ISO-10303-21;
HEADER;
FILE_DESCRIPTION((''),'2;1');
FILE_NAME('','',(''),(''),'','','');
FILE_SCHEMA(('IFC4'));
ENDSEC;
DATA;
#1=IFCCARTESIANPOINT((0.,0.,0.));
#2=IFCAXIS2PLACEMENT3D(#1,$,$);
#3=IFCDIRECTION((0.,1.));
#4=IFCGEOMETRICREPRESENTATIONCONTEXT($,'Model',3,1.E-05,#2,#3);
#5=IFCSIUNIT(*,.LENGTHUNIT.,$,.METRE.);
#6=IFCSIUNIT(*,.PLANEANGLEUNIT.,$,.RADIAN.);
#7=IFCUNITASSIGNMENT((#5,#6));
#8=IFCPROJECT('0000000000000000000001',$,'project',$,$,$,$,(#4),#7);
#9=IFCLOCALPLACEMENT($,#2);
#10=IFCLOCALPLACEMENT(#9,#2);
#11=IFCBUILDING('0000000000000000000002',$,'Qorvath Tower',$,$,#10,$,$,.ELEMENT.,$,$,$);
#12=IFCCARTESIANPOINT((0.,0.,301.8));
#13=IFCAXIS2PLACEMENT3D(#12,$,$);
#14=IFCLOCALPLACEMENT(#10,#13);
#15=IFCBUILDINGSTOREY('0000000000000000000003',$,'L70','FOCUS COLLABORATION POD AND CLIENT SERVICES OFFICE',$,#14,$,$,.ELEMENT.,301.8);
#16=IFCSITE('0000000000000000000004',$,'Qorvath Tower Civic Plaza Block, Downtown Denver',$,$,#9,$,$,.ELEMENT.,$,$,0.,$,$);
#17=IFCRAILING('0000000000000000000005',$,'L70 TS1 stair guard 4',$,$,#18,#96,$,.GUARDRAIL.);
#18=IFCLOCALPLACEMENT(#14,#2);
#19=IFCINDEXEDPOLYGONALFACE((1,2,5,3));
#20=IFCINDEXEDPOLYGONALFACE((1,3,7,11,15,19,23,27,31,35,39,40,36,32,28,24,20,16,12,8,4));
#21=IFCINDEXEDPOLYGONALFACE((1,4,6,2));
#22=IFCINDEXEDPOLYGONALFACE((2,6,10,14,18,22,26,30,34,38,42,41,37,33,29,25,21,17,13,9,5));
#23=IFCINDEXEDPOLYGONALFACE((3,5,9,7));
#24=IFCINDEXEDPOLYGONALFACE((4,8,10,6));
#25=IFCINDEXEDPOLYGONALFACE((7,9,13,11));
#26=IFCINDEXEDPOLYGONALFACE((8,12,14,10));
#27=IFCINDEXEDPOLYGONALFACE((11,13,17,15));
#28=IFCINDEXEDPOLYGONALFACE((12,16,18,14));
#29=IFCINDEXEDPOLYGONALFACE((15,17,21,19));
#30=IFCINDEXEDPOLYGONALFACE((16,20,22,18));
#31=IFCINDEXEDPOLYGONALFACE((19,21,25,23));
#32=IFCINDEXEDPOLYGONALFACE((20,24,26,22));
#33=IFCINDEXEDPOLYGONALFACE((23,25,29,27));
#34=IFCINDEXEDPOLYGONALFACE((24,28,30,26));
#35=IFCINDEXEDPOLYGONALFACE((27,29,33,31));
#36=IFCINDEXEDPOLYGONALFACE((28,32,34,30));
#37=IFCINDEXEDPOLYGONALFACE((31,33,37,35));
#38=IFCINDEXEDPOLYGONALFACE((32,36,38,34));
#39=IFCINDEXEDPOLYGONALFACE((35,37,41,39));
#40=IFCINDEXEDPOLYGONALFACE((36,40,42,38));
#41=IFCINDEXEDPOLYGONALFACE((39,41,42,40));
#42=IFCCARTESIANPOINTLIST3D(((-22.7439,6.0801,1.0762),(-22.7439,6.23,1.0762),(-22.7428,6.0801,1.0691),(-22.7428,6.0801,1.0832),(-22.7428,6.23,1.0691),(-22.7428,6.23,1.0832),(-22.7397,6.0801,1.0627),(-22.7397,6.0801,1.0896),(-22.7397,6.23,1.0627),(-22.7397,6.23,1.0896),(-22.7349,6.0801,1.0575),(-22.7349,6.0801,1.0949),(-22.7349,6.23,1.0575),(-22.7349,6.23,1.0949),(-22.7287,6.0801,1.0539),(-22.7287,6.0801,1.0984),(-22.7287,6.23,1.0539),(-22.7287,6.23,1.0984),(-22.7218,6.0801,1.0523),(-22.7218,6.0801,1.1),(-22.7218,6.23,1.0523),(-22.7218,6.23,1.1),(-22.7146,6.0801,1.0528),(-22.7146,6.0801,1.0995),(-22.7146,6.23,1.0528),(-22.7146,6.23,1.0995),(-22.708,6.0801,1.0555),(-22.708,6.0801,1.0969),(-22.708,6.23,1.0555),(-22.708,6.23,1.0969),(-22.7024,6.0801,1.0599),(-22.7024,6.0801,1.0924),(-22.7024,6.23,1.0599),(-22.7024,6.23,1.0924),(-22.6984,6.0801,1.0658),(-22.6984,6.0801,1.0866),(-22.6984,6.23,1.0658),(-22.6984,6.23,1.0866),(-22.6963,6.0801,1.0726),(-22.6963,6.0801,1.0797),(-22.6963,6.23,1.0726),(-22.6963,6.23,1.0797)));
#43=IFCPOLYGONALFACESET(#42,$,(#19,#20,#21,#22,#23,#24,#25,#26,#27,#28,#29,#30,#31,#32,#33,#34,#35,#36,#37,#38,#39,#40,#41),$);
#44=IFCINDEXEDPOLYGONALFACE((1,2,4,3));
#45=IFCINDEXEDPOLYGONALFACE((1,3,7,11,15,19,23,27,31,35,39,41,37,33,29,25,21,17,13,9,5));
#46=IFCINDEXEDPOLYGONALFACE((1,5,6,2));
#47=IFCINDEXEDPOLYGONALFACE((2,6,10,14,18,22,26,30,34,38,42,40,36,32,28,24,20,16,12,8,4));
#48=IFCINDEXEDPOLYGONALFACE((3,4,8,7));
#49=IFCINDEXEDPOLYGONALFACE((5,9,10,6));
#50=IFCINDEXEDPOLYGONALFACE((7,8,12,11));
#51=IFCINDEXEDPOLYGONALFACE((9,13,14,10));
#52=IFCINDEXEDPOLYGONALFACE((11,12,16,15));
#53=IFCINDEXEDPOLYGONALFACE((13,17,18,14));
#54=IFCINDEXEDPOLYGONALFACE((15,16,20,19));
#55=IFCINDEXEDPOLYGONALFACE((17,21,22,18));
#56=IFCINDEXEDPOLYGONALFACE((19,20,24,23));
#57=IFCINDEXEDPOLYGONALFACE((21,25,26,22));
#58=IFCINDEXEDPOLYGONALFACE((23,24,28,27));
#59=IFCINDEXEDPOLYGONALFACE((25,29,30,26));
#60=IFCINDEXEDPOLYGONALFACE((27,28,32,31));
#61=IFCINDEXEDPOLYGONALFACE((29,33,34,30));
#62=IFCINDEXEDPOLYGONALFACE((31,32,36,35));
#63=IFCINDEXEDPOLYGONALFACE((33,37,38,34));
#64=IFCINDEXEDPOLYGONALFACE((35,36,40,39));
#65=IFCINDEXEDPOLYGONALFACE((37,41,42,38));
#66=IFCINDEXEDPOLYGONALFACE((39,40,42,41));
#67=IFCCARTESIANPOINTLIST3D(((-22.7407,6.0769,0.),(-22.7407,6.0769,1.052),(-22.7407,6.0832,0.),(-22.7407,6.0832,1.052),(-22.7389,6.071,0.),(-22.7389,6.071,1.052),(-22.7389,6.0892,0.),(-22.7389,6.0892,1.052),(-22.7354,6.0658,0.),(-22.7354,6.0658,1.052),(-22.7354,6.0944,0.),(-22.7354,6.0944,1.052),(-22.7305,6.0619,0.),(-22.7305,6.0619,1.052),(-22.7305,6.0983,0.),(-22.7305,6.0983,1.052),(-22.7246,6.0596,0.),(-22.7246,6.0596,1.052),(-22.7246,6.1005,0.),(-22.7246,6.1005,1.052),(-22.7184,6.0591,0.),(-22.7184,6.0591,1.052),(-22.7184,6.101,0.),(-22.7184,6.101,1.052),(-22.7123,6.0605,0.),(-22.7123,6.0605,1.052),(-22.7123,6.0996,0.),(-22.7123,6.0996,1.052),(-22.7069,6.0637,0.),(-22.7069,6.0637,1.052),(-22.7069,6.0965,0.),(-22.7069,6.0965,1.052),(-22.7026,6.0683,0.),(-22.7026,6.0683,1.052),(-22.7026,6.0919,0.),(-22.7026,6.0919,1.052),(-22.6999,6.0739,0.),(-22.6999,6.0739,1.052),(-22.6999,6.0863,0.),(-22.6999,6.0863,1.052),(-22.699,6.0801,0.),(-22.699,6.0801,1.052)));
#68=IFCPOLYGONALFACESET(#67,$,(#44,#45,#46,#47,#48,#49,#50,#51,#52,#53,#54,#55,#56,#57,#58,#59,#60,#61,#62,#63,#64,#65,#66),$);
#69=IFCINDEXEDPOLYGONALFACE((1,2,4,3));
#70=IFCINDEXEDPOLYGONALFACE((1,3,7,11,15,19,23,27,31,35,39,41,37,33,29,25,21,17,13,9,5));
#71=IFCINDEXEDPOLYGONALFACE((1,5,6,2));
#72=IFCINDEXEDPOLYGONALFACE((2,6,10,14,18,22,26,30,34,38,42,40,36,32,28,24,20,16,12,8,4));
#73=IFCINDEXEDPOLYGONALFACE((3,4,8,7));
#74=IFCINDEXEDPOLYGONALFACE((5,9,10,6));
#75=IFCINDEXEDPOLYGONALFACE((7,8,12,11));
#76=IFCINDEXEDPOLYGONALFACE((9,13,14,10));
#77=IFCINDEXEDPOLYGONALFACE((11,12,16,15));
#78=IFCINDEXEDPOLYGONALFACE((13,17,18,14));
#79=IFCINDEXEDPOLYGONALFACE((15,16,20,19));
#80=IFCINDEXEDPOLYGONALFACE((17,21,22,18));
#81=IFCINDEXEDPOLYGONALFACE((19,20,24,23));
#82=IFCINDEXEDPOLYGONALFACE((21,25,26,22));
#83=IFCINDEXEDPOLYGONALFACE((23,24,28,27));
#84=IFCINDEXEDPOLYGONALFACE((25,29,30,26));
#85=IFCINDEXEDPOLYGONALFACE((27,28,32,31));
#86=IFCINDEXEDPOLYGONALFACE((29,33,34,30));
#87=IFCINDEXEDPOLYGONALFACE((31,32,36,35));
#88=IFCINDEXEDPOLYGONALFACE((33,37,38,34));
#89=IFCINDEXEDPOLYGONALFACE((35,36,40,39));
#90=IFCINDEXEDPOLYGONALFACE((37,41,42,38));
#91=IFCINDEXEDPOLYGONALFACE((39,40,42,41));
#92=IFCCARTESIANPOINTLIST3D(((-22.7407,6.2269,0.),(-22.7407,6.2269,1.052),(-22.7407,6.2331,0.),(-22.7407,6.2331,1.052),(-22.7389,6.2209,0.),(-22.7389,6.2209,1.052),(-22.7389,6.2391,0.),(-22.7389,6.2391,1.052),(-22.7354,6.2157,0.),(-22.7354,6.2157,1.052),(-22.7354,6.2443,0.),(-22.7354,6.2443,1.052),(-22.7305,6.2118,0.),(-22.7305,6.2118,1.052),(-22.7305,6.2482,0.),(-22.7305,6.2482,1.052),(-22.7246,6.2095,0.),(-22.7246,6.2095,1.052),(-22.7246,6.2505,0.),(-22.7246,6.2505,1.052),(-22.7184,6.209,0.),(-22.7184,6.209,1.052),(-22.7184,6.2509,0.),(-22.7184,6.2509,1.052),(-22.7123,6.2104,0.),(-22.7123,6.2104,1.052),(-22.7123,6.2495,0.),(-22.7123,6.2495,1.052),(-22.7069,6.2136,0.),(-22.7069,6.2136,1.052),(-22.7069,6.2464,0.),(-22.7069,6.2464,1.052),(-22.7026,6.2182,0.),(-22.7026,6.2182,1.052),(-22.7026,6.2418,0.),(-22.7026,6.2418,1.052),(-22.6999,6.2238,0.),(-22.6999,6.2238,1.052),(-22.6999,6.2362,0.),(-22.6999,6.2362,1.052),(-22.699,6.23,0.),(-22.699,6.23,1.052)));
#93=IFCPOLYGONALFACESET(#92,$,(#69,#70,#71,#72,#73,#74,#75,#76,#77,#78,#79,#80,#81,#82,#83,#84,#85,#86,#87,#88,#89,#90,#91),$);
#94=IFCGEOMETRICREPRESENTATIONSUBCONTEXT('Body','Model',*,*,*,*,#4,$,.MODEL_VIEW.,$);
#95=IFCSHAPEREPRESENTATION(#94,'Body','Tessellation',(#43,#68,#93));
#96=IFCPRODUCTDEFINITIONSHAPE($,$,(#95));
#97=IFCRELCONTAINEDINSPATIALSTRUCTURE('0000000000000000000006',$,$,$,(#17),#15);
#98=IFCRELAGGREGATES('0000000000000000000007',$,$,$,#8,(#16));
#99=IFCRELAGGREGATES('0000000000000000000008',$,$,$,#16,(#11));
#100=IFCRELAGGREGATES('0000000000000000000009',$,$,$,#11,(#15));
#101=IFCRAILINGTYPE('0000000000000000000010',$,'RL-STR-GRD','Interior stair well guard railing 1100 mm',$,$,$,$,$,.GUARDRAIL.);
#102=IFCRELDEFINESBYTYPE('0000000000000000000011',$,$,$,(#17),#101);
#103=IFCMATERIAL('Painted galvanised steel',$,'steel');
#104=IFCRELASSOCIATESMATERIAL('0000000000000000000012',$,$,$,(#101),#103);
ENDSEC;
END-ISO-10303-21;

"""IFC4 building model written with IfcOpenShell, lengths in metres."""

from ifc_helpers import new_model, si_unit, direction, frame, origin, origin_2d, place, context, subcontext, project, spatial, circle, extrude, material, type_object, element, save


model = new_model("IFC4")

# Units and contexts
model_context = context("Model", 3, precision=1e-05, world=origin(), true_north=direction((0.0, 1.0)))
body_context = subcontext(model_context, "Body", "Model", "MODEL_VIEW")
ifc_project = project(units=[si_unit("LENGTHUNIT", "METRE"), si_unit("PLANEANGLEUNIT", "RADIAN")], contexts=[model_context])

# Site, building, storey
site_placement = place(None, origin())
site = spatial("IfcSite", under=ifc_project, at=site_placement, Name="Qorvath Tower Civic Plaza Block, Downtown Denver", CompositionType="ELEMENT", RefElevation=0.0)
building_placement = place(site_placement, origin())
building = spatial("IfcBuilding", under=site, at=building_placement, Name="Qorvath Tower", CompositionType="ELEMENT")
storey_placement = place(building_placement, frame((0.0, 0.0, 301.8)))
storey = spatial("IfcBuildingStorey", under=building, at=storey_placement, Name="L70", Description="FOCUS COLLABORATION POD AND CLIENT SERVICES OFFICE", CompositionType="ELEMENT", Elevation=301.8)

# Railing
ifc_material_1 = material(Name="Painted galvanised steel", Category="steel")
railing_type_1 = type_object("IfcRailingType", Name="RL-STR-GRD", Description="Interior stair well guard railing 1100 mm", PredefinedType="GUARDRAIL", material=ifc_material_1)
railing_1_placement = place(storey_placement, frame((-22.72, 6.0801, 0.0)))
element("IfcRailing", 1, at=railing_1_placement, inside=storey, type_object=railing_type_1, Name="L70 TS1 stair guard 4", PredefinedType="GUARDRAIL", context=body_context, shape_type="SweptSolid", body=[
    extrude(circle(Radius=0.0239, at=origin_2d()), frame((0.0, 0.0, 1.0762), z_axis=(0.0, 1.0, 0.0), x_axis=(-1.0, 0.0, 0.0)), (0.0, 0.0, 1.0), 0.1499),
    extrude(circle(Radius=0.021, at=origin_2d()), origin(), (0.0, 0.0, 1.0), 1.052),
    extrude(circle(Radius=0.021, at=origin_2d()), frame((0.0, 0.1499, 0.0)), (0.0, 0.0, 1.0), 1.052),
])

save(model, "model.ifc")
